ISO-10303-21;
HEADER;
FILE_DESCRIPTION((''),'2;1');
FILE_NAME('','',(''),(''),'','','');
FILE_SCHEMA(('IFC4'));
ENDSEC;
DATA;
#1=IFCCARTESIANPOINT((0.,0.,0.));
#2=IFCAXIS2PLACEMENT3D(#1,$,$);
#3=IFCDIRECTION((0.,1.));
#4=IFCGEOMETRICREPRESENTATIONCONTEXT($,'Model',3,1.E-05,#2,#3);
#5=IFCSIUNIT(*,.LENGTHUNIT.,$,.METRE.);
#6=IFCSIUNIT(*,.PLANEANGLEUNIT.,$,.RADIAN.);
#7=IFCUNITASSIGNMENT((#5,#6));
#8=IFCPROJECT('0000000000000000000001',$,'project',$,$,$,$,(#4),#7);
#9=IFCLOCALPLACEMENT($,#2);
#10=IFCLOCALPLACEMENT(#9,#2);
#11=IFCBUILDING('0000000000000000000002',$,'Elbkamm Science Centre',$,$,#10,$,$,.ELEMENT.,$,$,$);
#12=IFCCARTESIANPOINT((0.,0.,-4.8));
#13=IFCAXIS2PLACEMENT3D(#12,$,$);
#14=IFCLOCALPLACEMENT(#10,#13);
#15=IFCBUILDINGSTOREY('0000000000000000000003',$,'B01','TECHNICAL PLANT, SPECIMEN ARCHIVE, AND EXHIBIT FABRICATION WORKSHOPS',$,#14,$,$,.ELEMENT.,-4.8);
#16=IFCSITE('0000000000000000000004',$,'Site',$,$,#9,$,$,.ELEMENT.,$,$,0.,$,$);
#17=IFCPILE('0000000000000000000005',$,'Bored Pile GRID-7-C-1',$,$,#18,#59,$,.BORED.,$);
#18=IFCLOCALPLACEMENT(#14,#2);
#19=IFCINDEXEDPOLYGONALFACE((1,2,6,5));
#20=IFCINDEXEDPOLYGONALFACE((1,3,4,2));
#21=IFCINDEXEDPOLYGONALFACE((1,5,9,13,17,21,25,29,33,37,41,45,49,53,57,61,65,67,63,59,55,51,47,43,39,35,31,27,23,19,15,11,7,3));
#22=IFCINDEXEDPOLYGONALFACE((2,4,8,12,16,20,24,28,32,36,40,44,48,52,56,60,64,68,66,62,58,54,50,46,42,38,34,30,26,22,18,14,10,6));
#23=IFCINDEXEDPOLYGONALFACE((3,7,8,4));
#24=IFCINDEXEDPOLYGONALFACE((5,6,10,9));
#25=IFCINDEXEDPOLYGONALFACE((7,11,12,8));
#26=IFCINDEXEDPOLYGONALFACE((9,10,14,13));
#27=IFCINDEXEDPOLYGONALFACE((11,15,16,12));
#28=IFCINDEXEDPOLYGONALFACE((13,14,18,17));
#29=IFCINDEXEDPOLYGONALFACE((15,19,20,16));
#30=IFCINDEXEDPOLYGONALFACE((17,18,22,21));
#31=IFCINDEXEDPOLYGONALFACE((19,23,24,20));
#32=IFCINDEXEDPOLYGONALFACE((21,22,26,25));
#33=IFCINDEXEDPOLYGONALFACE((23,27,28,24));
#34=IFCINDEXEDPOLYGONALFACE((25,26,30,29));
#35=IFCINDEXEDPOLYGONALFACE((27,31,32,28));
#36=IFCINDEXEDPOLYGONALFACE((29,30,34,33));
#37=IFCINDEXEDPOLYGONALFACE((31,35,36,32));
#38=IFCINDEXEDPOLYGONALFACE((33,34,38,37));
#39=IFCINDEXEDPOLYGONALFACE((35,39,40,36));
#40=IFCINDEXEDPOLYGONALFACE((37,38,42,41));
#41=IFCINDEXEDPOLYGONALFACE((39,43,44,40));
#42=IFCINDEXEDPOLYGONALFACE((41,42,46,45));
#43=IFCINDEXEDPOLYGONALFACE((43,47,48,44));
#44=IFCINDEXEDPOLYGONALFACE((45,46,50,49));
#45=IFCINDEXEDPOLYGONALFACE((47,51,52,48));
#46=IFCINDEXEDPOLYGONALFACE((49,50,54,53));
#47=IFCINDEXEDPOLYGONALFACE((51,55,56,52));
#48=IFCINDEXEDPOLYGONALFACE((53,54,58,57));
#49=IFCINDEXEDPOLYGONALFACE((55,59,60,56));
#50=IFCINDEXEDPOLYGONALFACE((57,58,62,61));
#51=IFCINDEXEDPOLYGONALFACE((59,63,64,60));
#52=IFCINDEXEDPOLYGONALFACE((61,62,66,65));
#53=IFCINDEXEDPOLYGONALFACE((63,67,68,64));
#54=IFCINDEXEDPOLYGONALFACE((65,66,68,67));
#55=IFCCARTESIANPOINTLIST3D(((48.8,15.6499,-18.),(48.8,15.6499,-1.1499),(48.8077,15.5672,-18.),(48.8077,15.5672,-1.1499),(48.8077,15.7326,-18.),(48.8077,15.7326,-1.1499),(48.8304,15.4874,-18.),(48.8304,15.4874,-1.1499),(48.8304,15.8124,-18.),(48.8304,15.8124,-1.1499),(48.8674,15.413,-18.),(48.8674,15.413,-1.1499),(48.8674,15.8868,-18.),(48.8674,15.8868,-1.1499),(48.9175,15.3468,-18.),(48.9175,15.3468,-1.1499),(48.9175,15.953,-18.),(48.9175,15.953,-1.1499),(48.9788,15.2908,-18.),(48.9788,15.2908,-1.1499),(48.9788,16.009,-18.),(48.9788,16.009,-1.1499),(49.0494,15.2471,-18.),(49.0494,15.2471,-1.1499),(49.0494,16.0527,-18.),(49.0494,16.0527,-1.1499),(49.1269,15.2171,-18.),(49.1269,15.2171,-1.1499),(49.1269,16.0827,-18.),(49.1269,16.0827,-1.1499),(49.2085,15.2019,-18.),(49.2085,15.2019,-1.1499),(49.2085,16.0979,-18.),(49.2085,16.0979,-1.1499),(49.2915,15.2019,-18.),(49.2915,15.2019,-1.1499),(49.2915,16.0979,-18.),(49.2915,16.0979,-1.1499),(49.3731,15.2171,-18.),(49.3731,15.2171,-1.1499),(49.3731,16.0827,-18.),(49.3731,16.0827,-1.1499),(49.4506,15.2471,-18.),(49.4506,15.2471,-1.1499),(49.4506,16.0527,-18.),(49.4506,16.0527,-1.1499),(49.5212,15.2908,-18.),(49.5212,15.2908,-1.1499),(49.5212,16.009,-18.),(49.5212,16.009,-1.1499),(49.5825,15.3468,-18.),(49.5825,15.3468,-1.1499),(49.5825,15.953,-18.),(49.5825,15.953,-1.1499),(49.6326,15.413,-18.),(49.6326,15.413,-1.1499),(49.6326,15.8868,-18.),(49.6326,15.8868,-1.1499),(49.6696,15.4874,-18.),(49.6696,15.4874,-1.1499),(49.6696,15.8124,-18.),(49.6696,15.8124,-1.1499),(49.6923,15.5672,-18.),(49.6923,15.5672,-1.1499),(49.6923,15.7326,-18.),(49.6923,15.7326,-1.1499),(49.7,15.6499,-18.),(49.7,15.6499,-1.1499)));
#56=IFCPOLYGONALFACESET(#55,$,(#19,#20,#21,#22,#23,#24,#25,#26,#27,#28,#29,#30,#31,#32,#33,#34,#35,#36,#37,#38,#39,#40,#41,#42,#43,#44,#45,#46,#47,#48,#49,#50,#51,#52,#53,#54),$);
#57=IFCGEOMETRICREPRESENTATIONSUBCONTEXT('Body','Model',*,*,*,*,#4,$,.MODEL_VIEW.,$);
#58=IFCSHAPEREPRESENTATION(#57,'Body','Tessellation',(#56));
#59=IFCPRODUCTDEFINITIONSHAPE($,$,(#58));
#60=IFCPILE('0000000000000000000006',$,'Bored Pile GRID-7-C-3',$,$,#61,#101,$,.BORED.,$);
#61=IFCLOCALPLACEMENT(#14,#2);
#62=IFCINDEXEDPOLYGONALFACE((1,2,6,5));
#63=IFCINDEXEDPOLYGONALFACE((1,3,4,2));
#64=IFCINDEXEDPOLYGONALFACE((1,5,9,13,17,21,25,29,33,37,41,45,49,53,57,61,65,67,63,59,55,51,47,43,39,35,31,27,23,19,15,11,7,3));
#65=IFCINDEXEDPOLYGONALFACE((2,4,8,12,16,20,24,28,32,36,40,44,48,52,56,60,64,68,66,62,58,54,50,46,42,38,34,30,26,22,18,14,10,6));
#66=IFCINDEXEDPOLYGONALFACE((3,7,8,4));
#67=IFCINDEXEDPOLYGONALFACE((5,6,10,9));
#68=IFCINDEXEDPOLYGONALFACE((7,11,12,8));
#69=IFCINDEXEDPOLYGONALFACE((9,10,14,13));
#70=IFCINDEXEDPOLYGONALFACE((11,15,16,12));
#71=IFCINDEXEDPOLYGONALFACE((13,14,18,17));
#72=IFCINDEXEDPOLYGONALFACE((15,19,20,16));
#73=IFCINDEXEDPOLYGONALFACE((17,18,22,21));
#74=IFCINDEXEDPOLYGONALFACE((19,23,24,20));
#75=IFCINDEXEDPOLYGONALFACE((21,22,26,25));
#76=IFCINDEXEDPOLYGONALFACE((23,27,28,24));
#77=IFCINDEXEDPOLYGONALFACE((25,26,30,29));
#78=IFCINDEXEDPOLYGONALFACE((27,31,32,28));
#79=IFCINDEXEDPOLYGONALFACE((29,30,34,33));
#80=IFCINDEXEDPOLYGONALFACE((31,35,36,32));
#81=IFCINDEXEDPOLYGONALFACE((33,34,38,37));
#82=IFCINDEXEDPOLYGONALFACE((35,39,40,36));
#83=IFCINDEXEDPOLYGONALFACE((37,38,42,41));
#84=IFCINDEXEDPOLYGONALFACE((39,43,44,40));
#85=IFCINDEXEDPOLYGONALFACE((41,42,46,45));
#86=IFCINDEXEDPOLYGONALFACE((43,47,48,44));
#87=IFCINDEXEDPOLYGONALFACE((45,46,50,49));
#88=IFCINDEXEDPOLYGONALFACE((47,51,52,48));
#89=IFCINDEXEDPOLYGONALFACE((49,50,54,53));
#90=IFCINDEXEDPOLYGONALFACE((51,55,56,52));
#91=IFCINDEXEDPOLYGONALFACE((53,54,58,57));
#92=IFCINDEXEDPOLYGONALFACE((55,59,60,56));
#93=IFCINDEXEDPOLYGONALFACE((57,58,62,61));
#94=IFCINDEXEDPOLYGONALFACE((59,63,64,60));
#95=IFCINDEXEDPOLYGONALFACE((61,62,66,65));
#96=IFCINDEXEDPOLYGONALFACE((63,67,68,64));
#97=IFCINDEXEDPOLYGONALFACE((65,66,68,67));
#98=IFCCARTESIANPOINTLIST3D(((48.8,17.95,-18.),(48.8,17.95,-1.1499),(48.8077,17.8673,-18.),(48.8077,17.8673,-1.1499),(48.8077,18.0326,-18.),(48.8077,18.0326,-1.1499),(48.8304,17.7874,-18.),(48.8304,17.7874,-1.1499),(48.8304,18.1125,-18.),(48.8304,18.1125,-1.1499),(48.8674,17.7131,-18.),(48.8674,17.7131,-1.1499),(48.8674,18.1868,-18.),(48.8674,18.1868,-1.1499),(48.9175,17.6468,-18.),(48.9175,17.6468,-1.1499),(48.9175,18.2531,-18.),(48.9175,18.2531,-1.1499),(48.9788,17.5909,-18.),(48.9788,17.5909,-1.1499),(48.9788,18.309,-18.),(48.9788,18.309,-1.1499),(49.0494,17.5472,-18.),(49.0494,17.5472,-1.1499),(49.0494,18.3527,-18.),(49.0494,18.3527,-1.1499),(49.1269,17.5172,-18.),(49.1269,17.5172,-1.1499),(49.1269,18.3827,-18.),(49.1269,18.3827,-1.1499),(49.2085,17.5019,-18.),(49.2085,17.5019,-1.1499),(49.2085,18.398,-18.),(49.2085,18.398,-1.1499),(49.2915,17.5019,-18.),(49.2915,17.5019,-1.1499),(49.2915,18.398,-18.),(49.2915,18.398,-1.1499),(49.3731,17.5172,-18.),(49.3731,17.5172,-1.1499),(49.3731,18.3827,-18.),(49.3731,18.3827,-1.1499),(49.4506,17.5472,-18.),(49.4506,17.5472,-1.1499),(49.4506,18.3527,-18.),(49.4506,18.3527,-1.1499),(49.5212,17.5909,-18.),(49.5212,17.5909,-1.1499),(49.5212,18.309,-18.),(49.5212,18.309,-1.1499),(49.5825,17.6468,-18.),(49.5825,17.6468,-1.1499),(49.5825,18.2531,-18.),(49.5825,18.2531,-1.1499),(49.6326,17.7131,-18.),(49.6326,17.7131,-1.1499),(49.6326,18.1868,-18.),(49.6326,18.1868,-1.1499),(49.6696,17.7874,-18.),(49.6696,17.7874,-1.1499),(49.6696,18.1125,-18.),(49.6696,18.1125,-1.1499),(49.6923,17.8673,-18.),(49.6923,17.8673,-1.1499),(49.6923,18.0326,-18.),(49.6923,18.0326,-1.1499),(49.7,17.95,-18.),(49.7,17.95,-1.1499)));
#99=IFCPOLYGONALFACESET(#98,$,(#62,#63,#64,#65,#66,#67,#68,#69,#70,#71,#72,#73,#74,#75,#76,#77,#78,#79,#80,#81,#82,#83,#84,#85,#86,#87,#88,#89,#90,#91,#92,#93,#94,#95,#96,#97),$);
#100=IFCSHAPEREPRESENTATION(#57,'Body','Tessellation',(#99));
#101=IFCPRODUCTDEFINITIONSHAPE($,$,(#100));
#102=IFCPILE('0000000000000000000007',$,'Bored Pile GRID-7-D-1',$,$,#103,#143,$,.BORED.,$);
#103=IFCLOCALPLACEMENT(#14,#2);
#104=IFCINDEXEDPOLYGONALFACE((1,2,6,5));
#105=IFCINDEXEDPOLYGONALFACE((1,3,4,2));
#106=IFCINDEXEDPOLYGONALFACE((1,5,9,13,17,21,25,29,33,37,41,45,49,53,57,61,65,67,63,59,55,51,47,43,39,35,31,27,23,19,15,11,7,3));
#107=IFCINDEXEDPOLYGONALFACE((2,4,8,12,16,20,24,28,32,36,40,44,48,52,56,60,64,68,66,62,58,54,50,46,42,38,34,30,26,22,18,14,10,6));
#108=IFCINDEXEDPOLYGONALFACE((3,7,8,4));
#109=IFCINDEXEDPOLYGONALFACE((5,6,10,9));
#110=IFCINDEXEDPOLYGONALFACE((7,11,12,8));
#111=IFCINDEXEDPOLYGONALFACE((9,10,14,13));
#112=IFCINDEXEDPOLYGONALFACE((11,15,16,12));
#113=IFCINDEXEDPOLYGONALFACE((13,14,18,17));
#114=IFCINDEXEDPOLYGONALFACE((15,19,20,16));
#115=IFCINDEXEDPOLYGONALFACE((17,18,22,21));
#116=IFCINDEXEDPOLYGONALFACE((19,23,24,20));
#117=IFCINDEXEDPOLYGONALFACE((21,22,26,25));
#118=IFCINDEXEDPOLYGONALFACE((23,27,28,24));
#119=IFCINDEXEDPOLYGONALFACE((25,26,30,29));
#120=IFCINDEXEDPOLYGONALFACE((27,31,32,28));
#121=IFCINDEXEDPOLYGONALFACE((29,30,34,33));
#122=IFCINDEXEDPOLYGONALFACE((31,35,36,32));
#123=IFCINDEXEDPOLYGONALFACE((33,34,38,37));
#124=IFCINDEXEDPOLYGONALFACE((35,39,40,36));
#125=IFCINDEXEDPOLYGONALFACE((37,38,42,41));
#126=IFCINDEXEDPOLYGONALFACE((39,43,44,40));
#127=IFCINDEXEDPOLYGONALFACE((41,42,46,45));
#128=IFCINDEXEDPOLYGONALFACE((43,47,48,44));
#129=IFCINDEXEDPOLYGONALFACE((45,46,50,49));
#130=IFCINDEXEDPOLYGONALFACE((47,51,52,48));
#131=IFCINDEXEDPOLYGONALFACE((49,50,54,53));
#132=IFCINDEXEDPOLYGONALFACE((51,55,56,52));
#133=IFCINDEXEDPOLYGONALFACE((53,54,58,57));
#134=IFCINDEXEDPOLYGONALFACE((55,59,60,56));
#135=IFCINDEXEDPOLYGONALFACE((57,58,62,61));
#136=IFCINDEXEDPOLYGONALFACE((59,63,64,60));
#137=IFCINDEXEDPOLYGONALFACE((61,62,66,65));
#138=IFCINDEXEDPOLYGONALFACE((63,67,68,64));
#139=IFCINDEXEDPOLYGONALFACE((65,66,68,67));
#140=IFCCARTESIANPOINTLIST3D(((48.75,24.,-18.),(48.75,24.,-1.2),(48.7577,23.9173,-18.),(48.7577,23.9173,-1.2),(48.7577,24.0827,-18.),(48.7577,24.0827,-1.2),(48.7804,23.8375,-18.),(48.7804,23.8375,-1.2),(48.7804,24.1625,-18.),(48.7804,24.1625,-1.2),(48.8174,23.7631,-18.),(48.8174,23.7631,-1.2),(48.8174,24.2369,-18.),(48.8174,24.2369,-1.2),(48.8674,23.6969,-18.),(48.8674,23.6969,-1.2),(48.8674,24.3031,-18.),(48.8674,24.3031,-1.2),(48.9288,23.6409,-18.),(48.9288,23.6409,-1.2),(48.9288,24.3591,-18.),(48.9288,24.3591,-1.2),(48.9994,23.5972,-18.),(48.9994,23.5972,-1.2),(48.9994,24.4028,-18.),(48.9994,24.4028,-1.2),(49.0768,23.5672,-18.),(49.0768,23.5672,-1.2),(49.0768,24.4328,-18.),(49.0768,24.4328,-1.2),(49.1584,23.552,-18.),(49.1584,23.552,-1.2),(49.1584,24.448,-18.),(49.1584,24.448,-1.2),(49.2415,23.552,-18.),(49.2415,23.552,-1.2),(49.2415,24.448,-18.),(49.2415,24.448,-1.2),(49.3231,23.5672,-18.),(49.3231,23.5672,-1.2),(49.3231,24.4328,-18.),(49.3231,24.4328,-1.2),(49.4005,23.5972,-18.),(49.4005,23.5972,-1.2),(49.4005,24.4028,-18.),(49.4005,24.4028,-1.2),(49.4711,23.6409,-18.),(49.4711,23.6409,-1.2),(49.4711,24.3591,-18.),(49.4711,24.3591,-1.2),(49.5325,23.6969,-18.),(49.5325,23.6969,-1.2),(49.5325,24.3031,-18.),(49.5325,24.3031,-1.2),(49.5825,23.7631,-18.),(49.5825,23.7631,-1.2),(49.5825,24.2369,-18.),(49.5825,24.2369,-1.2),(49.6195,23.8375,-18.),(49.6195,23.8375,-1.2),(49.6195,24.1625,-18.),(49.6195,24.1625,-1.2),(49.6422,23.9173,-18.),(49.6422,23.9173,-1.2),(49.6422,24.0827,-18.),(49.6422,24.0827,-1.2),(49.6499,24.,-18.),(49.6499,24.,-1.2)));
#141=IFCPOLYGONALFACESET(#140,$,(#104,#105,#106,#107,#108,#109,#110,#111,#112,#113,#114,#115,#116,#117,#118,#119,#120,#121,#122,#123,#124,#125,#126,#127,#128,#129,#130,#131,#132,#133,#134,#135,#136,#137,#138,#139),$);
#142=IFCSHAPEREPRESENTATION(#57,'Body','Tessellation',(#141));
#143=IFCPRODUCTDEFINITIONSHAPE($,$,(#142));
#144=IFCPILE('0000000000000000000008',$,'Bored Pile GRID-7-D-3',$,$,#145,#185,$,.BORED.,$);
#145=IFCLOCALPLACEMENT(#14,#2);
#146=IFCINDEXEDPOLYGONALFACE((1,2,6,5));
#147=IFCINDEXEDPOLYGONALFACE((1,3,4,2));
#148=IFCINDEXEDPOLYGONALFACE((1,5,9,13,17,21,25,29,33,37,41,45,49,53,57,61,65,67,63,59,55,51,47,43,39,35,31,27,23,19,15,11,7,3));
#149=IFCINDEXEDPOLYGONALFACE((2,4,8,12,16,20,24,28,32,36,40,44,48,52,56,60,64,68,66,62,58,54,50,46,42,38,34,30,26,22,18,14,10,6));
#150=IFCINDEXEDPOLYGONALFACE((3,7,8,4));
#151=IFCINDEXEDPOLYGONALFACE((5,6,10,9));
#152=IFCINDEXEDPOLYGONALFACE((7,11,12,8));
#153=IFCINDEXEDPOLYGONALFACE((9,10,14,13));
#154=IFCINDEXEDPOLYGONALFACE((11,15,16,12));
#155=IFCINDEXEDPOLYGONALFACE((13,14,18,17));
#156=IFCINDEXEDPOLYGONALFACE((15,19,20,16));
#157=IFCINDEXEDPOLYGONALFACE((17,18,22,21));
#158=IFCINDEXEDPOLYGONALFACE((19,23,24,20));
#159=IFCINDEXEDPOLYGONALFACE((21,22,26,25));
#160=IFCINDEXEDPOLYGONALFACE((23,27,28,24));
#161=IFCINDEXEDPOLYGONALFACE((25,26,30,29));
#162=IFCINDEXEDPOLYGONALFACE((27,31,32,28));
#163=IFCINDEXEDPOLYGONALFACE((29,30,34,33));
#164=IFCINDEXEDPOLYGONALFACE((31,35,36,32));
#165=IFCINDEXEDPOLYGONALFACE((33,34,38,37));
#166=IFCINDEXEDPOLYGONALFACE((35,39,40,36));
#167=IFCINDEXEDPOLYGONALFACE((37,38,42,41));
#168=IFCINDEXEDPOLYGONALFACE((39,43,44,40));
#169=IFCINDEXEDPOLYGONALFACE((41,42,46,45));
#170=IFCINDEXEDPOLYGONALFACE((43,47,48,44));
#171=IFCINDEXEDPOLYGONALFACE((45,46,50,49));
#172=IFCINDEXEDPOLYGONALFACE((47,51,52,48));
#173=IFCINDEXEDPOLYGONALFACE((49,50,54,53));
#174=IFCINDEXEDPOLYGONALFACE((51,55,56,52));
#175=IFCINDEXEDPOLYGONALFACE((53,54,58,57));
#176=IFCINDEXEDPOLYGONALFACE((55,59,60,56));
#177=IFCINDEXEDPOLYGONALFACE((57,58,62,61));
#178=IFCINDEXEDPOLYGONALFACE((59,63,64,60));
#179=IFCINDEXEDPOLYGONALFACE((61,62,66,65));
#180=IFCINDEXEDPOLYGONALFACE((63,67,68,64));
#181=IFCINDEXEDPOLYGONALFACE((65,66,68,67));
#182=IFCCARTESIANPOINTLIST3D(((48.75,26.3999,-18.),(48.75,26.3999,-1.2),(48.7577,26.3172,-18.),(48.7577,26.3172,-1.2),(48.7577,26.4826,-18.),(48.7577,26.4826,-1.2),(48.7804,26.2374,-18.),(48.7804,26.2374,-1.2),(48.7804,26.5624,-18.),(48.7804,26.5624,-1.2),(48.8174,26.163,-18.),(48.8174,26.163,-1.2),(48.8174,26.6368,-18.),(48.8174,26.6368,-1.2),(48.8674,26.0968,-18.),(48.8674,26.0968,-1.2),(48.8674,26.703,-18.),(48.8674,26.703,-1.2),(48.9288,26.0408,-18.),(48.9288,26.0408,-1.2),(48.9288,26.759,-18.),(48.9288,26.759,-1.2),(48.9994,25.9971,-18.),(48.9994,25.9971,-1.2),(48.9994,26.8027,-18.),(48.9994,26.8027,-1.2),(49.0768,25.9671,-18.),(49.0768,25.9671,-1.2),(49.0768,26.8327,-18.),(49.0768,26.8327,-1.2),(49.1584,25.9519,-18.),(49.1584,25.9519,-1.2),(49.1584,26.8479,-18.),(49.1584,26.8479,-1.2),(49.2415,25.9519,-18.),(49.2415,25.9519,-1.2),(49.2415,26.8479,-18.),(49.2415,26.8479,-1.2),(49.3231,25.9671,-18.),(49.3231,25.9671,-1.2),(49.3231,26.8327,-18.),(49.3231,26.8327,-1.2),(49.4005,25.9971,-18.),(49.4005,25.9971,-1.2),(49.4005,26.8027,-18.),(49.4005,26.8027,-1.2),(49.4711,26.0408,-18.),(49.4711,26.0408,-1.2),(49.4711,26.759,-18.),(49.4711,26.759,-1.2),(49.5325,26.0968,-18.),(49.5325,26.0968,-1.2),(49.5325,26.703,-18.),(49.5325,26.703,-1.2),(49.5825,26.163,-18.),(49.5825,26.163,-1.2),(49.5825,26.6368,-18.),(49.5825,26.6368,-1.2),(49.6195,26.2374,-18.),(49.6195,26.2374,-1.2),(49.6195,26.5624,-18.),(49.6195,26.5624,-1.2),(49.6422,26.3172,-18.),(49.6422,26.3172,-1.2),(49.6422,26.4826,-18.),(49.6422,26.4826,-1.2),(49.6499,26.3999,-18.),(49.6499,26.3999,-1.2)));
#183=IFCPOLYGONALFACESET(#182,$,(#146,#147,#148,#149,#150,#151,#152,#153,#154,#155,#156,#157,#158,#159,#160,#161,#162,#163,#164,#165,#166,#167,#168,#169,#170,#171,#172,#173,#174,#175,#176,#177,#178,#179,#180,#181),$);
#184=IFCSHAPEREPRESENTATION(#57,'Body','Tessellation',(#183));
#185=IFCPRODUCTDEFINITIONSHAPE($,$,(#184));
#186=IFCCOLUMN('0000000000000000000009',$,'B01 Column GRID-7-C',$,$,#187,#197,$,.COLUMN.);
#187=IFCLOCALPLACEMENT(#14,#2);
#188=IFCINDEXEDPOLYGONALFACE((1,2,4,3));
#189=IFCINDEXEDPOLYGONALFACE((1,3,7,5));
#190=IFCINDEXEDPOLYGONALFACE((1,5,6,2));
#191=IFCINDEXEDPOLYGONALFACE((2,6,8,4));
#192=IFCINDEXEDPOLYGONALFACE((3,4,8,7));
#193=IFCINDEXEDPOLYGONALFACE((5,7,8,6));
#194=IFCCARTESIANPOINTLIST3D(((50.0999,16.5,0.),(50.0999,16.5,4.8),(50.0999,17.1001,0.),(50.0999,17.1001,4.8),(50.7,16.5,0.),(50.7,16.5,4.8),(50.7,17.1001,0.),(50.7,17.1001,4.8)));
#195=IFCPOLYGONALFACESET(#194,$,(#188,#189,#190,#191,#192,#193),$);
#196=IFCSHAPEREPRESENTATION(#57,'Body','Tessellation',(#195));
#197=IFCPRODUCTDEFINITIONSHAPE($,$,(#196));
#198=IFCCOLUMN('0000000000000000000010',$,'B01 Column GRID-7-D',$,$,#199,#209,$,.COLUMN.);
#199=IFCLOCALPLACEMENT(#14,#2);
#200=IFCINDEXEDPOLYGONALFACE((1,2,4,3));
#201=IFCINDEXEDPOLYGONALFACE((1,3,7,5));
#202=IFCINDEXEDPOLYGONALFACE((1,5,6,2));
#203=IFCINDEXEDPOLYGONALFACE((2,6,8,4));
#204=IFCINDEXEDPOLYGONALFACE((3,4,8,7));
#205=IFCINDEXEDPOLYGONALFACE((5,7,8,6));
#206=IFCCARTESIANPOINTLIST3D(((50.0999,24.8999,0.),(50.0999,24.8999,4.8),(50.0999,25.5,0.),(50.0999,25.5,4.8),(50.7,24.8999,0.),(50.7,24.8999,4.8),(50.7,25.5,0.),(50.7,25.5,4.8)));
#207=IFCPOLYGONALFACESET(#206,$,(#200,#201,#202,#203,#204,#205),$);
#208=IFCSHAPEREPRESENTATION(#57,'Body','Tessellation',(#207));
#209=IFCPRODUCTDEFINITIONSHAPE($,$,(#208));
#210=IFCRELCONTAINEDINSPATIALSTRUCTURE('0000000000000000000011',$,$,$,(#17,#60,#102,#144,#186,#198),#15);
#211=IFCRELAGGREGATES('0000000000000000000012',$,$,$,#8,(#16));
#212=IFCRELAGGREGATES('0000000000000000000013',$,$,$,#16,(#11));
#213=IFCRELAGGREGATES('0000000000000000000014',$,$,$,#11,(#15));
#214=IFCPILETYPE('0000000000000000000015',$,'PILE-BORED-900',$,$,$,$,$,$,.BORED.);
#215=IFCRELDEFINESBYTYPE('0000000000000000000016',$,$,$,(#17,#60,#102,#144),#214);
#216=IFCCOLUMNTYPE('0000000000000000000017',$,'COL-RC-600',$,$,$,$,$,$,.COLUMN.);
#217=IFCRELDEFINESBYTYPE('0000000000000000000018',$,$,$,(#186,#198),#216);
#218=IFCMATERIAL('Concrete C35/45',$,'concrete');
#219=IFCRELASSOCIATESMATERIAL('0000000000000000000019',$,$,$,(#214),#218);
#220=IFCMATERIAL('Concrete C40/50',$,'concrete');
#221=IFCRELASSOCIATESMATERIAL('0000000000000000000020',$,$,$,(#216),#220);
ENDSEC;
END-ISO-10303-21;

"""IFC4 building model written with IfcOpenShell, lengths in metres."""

from ifc_helpers import new_model, si_unit, direction, frame, origin, origin_2d, place, context, subcontext, project, spatial, rectangle, circle, extrude, material, material_profile, profile_set, type_object, element, save


model = new_model("IFC4")

# Units and contexts
model_context = context("Model", 3, precision=1e-05, world=origin(), true_north=direction((0.0, 1.0)))
body_context = subcontext(model_context, "Body", "Model", "MODEL_VIEW")
ifc_project = project(units=[si_unit("LENGTHUNIT", "METRE"), si_unit("PLANEANGLEUNIT", "RADIAN")], contexts=[model_context])

# Site, building, storey
site_placement = place(None, origin())
site = spatial("IfcSite", under=ifc_project, at=site_placement, Name="Site", CompositionType="ELEMENT", RefElevation=0.0)
building_placement = place(site_placement, origin())
building = spatial("IfcBuilding", under=site, at=building_placement, Name="Elbkamm Science Centre", CompositionType="ELEMENT")
storey_placement = place(building_placement, frame((0.0, 0.0, -4.8)))
storey = spatial("IfcBuildingStorey", under=building, at=storey_placement, Name="B01", Description="TECHNICAL PLANT, SPECIMEN ARCHIVE, AND EXHIBIT FABRICATION WORKSHOPS", CompositionType="ELEMENT", Elevation=-4.8)

# Shared definitions
ifc_material_1 = material(Name="Concrete C35/45", Category="concrete")

# Piles
ifc_material_profile_1 = material_profile(ifc_material_1, circle(Radius=0.45, at=origin_2d()), Name="PILE D900")
ifc_profile_set_1 = profile_set([ifc_material_profile_1], Name="Concrete C35/45")
pile_type = type_object("IfcPileType", Name="PILE-BORED-900", PredefinedType="BORED", material=ifc_profile_set_1)
for number, where, z_axis, x_axis, name in (
    (1, (49.25, 15.6499, -1.1499), (0.0, 0.0, -1.0), (1.0, 0.0, 0.0), "Bored Pile GRID-7-C-1"),
    (2, (49.25, 17.95, -1.1499), (0.0, 0.0, -1.0), (1.0, 0.0, 0.0), "Bored Pile GRID-7-C-3"),
):
    element("IfcPile", number, at=place(storey_placement, frame(where, z_axis=z_axis, x_axis=x_axis)), inside=storey, type_object=pile_type, Name=name, PredefinedType="BORED", context=body_context, shape_type="SweptSolid", body=[
        extrude(circle(Radius=0.45, at=origin_2d()), origin(), (0.0, 0.0, 1.0), 16.8501),
    ])
for number, where, z_axis, x_axis, name in (
    (3, (49.2, 24.0, -1.2), (0.0, 0.0, -1.0), (1.0, 0.0, 0.0), "Bored Pile GRID-7-D-1"),
    (4, (49.2, 26.3999, -1.2), (0.0, 0.0, -1.0), (1.0, 0.0, 0.0), "Bored Pile GRID-7-D-3"),
):
    element("IfcPile", number, at=place(storey_placement, frame(where, z_axis=z_axis, x_axis=x_axis)), inside=storey, type_object=pile_type, Name=name, PredefinedType="BORED", context=body_context, shape_type="SweptSolid", body=[
        extrude(circle(Radius=0.45, at=origin_2d()), origin(), (0.0, 0.0, 1.0), 16.8),
    ])

# Columns
ifc_material_2 = material(Name="Concrete C40/50", Category="concrete")
ifc_material_profile_2 = material_profile(ifc_material_2, rectangle(XDim=0.6001, YDim=0.6001, at=origin_2d()), Name="RC 600x600")
ifc_profile_set_2 = profile_set([ifc_material_profile_2], Name="Concrete C40/50")
column_type = type_object("IfcColumnType", Name="COL-RC-600", PredefinedType="COLUMN", material=ifc_profile_set_2)
for number, where, z_axis, x_axis, name in (
    (5, (50.3999, 16.8, 0.0), (0.0, 0.0, 1.0), (1.0, 0.0, 0.0), "B01 Column GRID-7-C"),
    (6, (50.3999, 25.2, 0.0), (0.0, 0.0, 1.0), (1.0, 0.0, 0.0), "B01 Column GRID-7-D"),
):
    element("IfcColumn", number, at=place(storey_placement, frame(where, z_axis=z_axis, x_axis=x_axis)), inside=storey, type_object=column_type, Name=name, PredefinedType="COLUMN", context=body_context, shape_type="SweptSolid", body=[
        extrude(rectangle(XDim=0.6001, YDim=0.6001, at=origin_2d()), origin(), (0.0, 0.0, 1.0), 4.8),
    ])

save(model, "model.ifc")
